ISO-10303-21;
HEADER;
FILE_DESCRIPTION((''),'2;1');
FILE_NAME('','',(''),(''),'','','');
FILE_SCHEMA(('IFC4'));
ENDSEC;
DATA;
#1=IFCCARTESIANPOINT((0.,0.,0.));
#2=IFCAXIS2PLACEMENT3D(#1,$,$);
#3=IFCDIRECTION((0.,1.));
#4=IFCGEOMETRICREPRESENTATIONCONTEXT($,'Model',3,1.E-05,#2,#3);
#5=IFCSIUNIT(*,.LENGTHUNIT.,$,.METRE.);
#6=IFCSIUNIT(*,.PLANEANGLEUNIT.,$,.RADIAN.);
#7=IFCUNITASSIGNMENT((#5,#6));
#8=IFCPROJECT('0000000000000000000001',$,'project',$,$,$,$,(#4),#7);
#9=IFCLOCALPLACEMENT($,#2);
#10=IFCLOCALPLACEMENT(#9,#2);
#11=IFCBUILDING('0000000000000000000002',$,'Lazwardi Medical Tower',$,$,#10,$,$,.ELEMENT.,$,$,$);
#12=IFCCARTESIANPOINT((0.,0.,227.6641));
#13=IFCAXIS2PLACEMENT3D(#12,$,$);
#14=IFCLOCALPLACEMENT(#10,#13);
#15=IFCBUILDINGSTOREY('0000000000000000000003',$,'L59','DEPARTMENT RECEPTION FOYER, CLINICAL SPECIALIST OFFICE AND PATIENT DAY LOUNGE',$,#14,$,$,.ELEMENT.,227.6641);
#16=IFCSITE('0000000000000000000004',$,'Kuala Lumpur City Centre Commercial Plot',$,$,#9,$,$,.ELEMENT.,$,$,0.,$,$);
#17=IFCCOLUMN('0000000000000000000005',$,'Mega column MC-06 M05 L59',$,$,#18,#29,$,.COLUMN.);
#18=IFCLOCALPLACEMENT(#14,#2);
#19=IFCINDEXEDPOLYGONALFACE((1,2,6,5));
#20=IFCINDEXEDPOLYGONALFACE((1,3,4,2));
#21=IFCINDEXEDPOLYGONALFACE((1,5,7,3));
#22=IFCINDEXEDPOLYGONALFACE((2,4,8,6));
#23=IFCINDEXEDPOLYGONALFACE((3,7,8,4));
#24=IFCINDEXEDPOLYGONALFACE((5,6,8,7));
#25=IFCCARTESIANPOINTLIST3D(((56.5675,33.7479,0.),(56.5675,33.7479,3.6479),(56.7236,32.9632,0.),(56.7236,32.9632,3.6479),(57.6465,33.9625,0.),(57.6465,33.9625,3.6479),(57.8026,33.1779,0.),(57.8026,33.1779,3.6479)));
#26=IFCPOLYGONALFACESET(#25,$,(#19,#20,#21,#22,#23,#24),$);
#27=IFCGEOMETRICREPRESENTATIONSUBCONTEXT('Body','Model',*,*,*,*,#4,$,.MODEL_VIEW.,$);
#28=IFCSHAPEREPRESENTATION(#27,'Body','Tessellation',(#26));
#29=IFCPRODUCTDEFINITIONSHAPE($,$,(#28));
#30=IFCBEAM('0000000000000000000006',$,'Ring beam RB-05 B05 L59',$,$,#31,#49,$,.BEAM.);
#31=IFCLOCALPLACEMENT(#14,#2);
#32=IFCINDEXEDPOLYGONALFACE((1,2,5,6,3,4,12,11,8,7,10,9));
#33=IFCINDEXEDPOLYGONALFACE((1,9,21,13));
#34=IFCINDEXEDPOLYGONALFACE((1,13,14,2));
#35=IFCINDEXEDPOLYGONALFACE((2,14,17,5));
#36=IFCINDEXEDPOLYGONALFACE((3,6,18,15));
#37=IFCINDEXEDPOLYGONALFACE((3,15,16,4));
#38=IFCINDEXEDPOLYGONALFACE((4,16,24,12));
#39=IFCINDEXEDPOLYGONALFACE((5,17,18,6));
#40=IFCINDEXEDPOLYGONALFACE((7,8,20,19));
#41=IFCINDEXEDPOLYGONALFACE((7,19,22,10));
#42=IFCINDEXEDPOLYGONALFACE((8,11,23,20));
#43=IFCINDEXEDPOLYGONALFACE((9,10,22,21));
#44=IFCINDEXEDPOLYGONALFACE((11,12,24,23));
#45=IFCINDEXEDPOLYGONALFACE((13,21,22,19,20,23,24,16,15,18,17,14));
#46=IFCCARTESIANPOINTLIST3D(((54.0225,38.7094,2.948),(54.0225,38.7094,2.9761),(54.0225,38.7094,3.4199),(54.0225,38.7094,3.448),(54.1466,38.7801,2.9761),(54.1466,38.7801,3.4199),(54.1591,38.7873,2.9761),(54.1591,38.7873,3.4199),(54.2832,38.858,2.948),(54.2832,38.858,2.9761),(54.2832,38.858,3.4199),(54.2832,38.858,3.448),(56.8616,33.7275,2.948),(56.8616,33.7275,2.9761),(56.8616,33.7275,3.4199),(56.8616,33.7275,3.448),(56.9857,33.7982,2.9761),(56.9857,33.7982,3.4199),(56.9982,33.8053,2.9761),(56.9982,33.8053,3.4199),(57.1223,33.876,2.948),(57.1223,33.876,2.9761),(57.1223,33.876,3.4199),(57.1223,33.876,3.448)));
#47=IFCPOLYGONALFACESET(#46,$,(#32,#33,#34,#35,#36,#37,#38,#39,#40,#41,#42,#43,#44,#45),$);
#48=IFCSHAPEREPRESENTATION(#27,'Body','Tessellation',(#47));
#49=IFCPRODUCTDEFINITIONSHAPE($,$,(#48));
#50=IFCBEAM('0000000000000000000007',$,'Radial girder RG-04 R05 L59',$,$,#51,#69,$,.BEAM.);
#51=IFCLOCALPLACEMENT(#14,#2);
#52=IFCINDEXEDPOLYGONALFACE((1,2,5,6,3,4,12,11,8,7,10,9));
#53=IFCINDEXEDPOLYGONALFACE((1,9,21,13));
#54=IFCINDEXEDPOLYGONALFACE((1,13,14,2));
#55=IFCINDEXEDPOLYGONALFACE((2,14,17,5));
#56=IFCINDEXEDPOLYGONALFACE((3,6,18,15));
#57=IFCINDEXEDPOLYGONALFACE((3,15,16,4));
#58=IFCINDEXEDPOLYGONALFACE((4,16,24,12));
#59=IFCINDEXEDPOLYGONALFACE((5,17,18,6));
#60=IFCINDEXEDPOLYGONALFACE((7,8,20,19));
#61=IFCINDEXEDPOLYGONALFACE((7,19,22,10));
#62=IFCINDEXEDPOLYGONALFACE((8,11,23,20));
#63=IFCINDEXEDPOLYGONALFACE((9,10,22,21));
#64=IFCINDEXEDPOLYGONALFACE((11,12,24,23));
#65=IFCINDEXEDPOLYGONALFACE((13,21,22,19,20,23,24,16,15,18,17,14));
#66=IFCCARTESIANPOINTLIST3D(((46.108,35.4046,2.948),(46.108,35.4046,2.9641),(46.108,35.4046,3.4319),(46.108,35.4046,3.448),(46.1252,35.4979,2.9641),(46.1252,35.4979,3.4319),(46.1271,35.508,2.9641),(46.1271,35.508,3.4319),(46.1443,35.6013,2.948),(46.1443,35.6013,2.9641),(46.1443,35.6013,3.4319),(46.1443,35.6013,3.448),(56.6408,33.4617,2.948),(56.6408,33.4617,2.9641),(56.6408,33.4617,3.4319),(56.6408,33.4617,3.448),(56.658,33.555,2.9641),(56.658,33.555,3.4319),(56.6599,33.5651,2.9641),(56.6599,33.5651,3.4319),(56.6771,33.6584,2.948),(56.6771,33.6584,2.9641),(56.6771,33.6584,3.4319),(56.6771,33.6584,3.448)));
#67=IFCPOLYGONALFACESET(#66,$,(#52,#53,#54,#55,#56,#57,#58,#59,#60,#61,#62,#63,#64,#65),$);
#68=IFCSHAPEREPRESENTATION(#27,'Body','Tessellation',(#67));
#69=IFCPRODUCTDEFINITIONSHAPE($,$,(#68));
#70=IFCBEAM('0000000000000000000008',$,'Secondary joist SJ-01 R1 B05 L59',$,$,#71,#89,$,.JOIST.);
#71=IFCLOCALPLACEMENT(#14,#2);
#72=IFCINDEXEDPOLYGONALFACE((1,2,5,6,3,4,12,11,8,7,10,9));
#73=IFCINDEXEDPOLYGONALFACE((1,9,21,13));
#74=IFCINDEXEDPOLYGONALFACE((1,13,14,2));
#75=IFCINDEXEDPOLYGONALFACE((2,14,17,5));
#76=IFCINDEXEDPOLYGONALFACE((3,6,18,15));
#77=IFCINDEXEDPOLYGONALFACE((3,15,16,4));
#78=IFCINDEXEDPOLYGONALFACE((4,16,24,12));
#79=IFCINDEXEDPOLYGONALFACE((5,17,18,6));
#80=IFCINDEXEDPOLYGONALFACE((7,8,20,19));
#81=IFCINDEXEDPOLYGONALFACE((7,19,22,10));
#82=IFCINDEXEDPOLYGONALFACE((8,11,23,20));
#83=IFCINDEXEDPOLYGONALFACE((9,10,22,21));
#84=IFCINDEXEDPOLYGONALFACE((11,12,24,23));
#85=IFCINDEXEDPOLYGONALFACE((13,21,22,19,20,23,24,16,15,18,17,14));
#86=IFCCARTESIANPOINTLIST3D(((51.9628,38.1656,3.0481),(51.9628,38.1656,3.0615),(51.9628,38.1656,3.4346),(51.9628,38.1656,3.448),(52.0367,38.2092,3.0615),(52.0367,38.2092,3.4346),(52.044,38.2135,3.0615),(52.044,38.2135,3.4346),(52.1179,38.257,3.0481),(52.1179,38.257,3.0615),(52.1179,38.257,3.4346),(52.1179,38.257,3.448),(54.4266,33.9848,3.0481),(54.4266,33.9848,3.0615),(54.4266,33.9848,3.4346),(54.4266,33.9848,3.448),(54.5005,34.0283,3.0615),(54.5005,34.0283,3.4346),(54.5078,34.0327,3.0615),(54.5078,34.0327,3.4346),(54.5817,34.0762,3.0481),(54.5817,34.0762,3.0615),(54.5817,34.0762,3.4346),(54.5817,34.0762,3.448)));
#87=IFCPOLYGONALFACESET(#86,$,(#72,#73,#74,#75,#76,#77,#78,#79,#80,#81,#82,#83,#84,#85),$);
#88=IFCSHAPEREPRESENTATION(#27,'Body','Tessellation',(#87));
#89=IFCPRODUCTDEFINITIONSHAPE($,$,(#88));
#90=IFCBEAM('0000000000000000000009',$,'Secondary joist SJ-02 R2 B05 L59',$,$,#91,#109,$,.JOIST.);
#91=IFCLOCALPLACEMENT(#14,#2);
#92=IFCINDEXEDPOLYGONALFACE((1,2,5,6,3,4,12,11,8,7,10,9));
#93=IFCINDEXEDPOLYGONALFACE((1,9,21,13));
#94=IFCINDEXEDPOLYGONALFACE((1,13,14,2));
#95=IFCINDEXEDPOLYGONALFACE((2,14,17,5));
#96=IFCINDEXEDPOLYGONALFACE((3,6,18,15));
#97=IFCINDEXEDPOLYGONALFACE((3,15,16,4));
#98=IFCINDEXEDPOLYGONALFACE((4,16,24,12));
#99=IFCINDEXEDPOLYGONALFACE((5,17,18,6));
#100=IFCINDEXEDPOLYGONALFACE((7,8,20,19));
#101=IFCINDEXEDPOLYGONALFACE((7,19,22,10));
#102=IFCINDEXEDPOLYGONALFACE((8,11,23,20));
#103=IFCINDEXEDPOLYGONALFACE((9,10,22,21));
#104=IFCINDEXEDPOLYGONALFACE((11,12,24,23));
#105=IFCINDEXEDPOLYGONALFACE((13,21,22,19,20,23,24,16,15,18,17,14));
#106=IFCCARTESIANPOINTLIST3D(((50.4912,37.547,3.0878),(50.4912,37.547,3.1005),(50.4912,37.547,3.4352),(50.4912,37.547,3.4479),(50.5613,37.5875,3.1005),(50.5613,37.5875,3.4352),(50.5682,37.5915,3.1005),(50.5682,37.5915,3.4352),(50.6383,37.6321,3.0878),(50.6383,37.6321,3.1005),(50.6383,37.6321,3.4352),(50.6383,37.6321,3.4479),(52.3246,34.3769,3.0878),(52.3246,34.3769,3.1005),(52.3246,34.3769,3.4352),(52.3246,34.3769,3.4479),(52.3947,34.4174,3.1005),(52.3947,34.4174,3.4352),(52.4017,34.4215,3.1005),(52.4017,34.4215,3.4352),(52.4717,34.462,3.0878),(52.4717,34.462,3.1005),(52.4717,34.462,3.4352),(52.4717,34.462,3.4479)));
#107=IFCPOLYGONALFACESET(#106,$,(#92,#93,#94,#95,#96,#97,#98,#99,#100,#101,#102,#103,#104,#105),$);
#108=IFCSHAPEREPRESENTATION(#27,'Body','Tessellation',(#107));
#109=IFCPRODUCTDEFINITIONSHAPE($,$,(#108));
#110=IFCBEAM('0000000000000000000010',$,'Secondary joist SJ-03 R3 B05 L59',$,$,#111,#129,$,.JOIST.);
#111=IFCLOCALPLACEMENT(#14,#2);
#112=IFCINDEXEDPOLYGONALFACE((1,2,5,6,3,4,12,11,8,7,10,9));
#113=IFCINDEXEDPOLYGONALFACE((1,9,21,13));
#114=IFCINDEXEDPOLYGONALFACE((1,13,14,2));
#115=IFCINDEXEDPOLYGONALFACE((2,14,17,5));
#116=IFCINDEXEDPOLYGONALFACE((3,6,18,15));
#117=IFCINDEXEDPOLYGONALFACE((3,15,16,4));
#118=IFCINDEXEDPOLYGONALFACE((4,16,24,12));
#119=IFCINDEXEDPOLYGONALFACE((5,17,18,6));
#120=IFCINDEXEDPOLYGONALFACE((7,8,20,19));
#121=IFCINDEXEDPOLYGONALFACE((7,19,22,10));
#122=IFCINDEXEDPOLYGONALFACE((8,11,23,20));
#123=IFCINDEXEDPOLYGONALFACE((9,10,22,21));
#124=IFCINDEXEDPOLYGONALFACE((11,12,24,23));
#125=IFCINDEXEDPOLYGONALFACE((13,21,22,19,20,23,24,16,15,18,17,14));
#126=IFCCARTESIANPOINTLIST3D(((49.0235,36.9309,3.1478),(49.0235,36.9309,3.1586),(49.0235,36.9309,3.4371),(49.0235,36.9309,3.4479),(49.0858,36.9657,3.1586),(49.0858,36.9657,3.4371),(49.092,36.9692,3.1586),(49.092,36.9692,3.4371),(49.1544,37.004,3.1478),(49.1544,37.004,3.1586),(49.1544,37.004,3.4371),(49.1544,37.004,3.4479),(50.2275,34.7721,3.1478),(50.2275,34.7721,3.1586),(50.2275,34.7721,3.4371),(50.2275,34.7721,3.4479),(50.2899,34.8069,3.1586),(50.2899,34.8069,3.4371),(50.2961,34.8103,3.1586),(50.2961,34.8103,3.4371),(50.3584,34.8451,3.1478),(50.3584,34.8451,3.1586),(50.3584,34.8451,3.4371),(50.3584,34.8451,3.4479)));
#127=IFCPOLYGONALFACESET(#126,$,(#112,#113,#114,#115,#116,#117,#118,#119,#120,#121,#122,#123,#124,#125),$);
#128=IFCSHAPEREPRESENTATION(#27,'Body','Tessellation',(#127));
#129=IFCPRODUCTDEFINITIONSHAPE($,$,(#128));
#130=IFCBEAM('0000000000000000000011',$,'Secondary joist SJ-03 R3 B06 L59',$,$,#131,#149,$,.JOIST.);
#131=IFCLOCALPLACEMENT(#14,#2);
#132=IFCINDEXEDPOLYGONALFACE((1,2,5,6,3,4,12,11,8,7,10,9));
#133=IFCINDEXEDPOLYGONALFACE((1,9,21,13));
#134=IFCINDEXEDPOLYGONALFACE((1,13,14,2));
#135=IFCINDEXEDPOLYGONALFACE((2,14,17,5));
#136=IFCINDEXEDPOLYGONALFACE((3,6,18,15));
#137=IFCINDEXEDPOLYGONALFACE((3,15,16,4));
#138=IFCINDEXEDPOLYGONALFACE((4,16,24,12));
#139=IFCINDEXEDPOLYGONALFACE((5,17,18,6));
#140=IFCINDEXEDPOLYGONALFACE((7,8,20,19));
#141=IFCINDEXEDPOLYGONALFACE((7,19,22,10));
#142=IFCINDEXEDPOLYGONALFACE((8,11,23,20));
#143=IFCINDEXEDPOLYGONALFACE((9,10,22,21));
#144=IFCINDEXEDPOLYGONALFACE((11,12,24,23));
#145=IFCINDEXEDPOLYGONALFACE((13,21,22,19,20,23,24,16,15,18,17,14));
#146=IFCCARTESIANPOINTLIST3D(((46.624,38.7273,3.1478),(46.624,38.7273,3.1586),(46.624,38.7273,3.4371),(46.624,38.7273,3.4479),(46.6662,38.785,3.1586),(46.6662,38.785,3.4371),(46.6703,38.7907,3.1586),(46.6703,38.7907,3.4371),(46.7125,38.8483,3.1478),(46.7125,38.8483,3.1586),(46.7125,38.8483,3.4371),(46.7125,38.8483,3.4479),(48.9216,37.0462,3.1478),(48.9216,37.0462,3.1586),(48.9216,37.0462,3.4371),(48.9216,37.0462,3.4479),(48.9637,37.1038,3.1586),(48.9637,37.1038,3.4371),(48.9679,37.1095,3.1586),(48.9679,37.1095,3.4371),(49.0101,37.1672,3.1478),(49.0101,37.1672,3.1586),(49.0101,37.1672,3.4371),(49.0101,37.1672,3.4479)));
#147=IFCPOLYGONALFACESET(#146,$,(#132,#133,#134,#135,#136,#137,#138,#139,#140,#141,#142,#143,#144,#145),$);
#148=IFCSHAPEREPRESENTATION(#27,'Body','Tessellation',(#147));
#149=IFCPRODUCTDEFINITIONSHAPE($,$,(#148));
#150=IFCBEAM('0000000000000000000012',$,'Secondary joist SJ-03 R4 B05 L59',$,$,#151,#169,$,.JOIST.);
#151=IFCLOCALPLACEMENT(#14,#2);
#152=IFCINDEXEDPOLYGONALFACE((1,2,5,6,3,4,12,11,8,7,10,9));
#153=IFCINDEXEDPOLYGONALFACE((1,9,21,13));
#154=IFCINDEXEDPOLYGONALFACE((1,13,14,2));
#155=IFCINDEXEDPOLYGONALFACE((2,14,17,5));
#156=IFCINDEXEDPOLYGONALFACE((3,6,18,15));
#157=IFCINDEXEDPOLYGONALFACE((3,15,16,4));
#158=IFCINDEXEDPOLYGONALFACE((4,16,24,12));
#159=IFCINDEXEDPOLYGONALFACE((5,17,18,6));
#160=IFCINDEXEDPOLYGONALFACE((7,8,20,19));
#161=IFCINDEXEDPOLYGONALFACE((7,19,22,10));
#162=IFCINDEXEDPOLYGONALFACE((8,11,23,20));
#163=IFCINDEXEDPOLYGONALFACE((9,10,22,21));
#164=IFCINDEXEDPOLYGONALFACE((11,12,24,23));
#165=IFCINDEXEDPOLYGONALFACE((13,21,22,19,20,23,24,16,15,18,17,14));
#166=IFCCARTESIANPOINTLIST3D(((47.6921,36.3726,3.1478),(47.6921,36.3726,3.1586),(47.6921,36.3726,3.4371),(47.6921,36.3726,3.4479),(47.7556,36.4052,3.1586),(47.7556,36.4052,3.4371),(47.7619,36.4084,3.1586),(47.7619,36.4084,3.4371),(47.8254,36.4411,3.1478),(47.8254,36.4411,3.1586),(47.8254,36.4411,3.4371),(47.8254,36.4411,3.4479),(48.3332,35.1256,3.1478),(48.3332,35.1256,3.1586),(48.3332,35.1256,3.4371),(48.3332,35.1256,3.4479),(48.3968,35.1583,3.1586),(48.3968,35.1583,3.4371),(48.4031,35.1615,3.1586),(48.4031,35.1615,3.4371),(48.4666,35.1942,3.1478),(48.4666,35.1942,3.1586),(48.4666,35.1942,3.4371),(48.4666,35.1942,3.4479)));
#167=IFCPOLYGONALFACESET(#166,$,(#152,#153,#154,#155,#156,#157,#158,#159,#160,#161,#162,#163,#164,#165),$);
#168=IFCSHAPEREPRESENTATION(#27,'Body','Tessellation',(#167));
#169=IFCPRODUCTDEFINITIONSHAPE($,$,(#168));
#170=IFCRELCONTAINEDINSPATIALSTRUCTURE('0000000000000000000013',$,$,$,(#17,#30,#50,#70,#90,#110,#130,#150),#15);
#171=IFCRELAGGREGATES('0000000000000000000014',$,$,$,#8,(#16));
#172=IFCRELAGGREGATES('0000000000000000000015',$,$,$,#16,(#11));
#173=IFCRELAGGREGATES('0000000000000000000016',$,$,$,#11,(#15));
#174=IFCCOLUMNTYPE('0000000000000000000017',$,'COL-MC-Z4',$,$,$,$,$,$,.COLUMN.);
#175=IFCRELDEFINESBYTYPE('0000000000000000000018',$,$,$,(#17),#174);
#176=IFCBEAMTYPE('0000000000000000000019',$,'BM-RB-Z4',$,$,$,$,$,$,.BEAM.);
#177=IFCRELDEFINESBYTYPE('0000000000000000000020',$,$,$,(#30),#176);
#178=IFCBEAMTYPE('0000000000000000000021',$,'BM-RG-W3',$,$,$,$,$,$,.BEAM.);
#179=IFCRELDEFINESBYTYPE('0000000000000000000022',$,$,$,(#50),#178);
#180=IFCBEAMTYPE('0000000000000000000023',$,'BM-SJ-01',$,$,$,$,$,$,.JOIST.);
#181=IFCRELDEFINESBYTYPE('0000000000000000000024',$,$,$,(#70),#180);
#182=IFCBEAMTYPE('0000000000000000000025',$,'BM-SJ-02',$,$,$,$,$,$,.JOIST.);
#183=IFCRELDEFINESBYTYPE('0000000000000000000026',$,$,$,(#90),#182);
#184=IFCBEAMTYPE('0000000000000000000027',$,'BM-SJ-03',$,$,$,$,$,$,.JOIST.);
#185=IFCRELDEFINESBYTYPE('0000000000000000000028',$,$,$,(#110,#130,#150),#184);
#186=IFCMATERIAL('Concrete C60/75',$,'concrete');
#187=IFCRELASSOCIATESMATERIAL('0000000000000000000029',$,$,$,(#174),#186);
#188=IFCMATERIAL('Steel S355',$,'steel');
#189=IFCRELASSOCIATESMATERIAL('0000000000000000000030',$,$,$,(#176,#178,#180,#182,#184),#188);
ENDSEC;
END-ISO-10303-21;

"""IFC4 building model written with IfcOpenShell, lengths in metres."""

from ifc_helpers import new_model, si_unit, direction, frame, origin, origin_2d, place, context, subcontext, project, spatial, rectangle, i_section, extrude, material, material_profile, profile_set, type_object, element, save


model = new_model("IFC4")

# Units and contexts
model_context = context("Model", 3, precision=1e-05, world=origin(), true_north=direction((0.0, 1.0)))
body_context = subcontext(model_context, "Body", "Model", "MODEL_VIEW")
ifc_project = project(units=[si_unit("LENGTHUNIT", "METRE"), si_unit("PLANEANGLEUNIT", "RADIAN")], contexts=[model_context])

# Site, building, storey
site_placement = place(None, origin())
site = spatial("IfcSite", under=ifc_project, at=site_placement, Name="Kuala Lumpur City Centre Commercial Plot", CompositionType="ELEMENT", RefElevation=0.0)
building_placement = place(site_placement, origin())
building = spatial("IfcBuilding", under=site, at=building_placement, Name="Lazwardi Medical Tower", CompositionType="ELEMENT")
storey_placement = place(building_placement, frame((0.0, 0.0, 227.6641)))
storey = spatial("IfcBuildingStorey", under=building, at=storey_placement, Name="L59", Description="DEPARTMENT RECEPTION FOYER, CLINICAL SPECIALIST OFFICE AND PATIENT DAY LOUNGE", CompositionType="ELEMENT", Elevation=227.6641)

# Column
ifc_material_1 = material(Name="Concrete C60/75", Category="concrete")
ifc_material_profile_1 = material_profile(ifc_material_1, rectangle(XDim=1.1001, YDim=0.8, at=origin_2d()), Name="CFT-RECT 1100x800")
ifc_profile_set_1 = profile_set([ifc_material_profile_1], Name="Concrete C60/75")
column_type = type_object("IfcColumnType", Name="COL-MC-Z4", PredefinedType="COLUMN", material=ifc_profile_set_1)
column_placement = place(storey_placement, frame((57.1851, 33.4629, 0.0), z_axis=(0.0, 0.0, 1.0), x_axis=(0.980785, 0.19509, 0.0)))
element("IfcColumn", 1, at=column_placement, inside=storey, type_object=column_type, Name="Mega column MC-06 M05 L59", PredefinedType="COLUMN", context=body_context, shape_type="SweptSolid", body=[
    extrude(rectangle(XDim=1.1001, YDim=0.8, at=origin_2d()), origin(), (0.0, 0.0, 1.0), 3.6479),
])

# Beams
ifc_material_2 = material(Name="Steel S355", Category="steel")
ifc_material_profile_2 = material_profile(ifc_material_2, i_section(OverallWidth=0.3, OverallDepth=0.5, WebThickness=0.0144, FlangeThickness=0.0281, at=origin_2d()), Name="HEB 500")
ifc_profile_set_2 = profile_set([ifc_material_profile_2], Name="Steel S355")
beam_type_1 = type_object("IfcBeamType", Name="BM-RB-Z4", PredefinedType="BEAM", material=ifc_profile_set_2)
beam_1_placement = place(storey_placement, frame((56.9919, 33.8018, 3.198), z_axis=(-0.495125, 0.868822, 0.0), x_axis=(-0.868822, -0.495125, 0.0)))
element("IfcBeam", 2, at=beam_1_placement, inside=storey, type_object=beam_type_1, Name="Ring beam RB-05 B05 L59", PredefinedType="BEAM", context=body_context, shape_type="SweptSolid", body=[
    extrude(i_section(OverallWidth=0.3, OverallDepth=0.5, WebThickness=0.0144, FlangeThickness=0.0281, at=origin_2d()), origin(), (0.0, 0.0, 1.0), 5.7341),
])
ifc_material_profile_3 = material_profile(ifc_material_2, i_section(OverallWidth=0.2, OverallDepth=0.5, WebThickness=0.0103, FlangeThickness=0.0161, at=origin_2d()), Name="IPE 500")
ifc_profile_set_3 = profile_set([ifc_material_profile_3], Name="Steel S355")
beam_type_2 = type_object("IfcBeamType", Name="BM-RG-W3", PredefinedType="BEAM", material=ifc_profile_set_3)
beam_2_placement = place(storey_placement, frame((56.6589, 33.5601, 3.198), z_axis=(-0.983409, 0.1814, 0.0), x_axis=(-0.1814, -0.983409, 0.0)))
element("IfcBeam", 3, at=beam_2_placement, inside=storey, type_object=beam_type_2, Name="Radial girder RG-04 R05 L59", PredefinedType="BEAM", context=body_context, shape_type="SweptSolid", body=[
    extrude(i_section(OverallWidth=0.2, OverallDepth=0.5, WebThickness=0.0103, FlangeThickness=0.0161, at=origin_2d()), origin(), (0.0, 0.0, 1.0), 10.7104),
])
ifc_material_profile_4 = material_profile(ifc_material_2, i_section(OverallWidth=0.1799, OverallDepth=0.3999, WebThickness=0.0085, FlangeThickness=0.0134, at=origin_2d()), Name="IPE 400")
ifc_profile_set_4 = profile_set([ifc_material_profile_4], Name="Steel S355")
beam_type_3 = type_object("IfcBeamType", Name="BM-SJ-01", PredefinedType="JOIST", material=ifc_profile_set_4)
beam_3_placement = place(storey_placement, frame((54.5042, 34.0305, 3.248), z_axis=(-0.50771, 0.861528, 0.0), x_axis=(-0.861528, -0.50771, 0.0)))
element("IfcBeam", 4, at=beam_3_placement, inside=storey, type_object=beam_type_3, Name="Secondary joist SJ-01 R1 B05 L59", PredefinedType="JOIST", context=body_context, shape_type="SweptSolid", body=[
    extrude(i_section(OverallWidth=0.1799, OverallDepth=0.3999, WebThickness=0.0085, FlangeThickness=0.0134, at=origin_2d()), origin(), (0.0, 0.0, 1.0), 4.8528),
])
ifc_material_profile_5 = material_profile(ifc_material_2, i_section(OverallWidth=0.1699, OverallDepth=0.3601, WebThickness=0.0081, FlangeThickness=0.0127, at=origin_2d()), Name="IPE 360")
ifc_profile_set_5 = profile_set([ifc_material_profile_5], Name="Steel S355")
beam_type_4 = type_object("IfcBeamType", Name="BM-SJ-02", PredefinedType="JOIST", material=ifc_profile_set_5)
beam_4_placement = place(storey_placement, frame((52.3982, 34.4194, 3.2678), z_axis=(-0.500655, 0.865647, 0.0), x_axis=(-0.865647, -0.500655, 0.0)))
element("IfcBeam", 5, at=beam_4_placement, inside=storey, type_object=beam_type_4, Name="Secondary joist SJ-02 R2 B05 L59", PredefinedType="JOIST", context=body_context, shape_type="SweptSolid", body=[
    extrude(i_section(OverallWidth=0.1699, OverallDepth=0.3601, WebThickness=0.0081, FlangeThickness=0.0127, at=origin_2d()), origin(), (0.0, 0.0, 1.0), 3.6621),
])
ifc_material_profile_6 = material_profile(ifc_material_2, i_section(OverallWidth=0.1499, OverallDepth=0.3, WebThickness=0.0071, FlangeThickness=0.0107, at=origin_2d()), Name="IPE 300")
ifc_profile_set_6 = profile_set([ifc_material_profile_6], Name="Steel S355")
beam_type_5 = type_object("IfcBeamType", Name="BM-SJ-03", PredefinedType="JOIST", material=ifc_profile_set_6)
beam_5_placement = place(storey_placement, frame((50.293, 34.8086, 3.2979), z_axis=(-0.487093, 0.87335, 0.0), x_axis=(-0.87335, -0.487093, 0.0)))
element("IfcBeam", 6, at=beam_5_placement, inside=storey, type_object=beam_type_5, Name="Secondary joist SJ-03 R3 B05 L59", PredefinedType="JOIST", context=body_context, shape_type="SweptSolid", body=[
    extrude(i_section(OverallWidth=0.1499, OverallDepth=0.3, WebThickness=0.0071, FlangeThickness=0.0107, at=origin_2d()), origin(), (0.0, 0.0, 1.0), 2.4719),
])
beam_6_placement = place(storey_placement, frame((48.9658, 37.1067, 3.2979), z_axis=(-0.807034, 0.590505, 0.0), x_axis=(-0.590505, -0.807034, 0.0)))
element("IfcBeam", 7, at=beam_6_placement, inside=storey, type_object=beam_type_5, Name="Secondary joist SJ-03 R3 B06 L59", PredefinedType="JOIST", context=body_context, shape_type="SweptSolid", body=[
    extrude(i_section(OverallWidth=0.1499, OverallDepth=0.3, WebThickness=0.0071, FlangeThickness=0.0107, at=origin_2d()), origin(), (0.0, 0.0, 1.0), 2.8469),
])
beam_7_placement = place(storey_placement, frame((48.3999, 35.1599, 3.2979), z_axis=(-0.457285, 0.88932, 0.0), x_axis=(-0.88932, -0.457285, 0.0)))
element("IfcBeam", 8, at=beam_7_placement, inside=storey, type_object=beam_type_5, Name="Secondary joist SJ-03 R4 B05 L59", PredefinedType="JOIST", context=body_context, shape_type="SweptSolid", body=[
    extrude(i_section(OverallWidth=0.1499, OverallDepth=0.3, WebThickness=0.0071, FlangeThickness=0.0107, at=origin_2d()), origin(), (0.0, 0.0, 1.0), 1.4021),
])

save(model, "model.ifc")
